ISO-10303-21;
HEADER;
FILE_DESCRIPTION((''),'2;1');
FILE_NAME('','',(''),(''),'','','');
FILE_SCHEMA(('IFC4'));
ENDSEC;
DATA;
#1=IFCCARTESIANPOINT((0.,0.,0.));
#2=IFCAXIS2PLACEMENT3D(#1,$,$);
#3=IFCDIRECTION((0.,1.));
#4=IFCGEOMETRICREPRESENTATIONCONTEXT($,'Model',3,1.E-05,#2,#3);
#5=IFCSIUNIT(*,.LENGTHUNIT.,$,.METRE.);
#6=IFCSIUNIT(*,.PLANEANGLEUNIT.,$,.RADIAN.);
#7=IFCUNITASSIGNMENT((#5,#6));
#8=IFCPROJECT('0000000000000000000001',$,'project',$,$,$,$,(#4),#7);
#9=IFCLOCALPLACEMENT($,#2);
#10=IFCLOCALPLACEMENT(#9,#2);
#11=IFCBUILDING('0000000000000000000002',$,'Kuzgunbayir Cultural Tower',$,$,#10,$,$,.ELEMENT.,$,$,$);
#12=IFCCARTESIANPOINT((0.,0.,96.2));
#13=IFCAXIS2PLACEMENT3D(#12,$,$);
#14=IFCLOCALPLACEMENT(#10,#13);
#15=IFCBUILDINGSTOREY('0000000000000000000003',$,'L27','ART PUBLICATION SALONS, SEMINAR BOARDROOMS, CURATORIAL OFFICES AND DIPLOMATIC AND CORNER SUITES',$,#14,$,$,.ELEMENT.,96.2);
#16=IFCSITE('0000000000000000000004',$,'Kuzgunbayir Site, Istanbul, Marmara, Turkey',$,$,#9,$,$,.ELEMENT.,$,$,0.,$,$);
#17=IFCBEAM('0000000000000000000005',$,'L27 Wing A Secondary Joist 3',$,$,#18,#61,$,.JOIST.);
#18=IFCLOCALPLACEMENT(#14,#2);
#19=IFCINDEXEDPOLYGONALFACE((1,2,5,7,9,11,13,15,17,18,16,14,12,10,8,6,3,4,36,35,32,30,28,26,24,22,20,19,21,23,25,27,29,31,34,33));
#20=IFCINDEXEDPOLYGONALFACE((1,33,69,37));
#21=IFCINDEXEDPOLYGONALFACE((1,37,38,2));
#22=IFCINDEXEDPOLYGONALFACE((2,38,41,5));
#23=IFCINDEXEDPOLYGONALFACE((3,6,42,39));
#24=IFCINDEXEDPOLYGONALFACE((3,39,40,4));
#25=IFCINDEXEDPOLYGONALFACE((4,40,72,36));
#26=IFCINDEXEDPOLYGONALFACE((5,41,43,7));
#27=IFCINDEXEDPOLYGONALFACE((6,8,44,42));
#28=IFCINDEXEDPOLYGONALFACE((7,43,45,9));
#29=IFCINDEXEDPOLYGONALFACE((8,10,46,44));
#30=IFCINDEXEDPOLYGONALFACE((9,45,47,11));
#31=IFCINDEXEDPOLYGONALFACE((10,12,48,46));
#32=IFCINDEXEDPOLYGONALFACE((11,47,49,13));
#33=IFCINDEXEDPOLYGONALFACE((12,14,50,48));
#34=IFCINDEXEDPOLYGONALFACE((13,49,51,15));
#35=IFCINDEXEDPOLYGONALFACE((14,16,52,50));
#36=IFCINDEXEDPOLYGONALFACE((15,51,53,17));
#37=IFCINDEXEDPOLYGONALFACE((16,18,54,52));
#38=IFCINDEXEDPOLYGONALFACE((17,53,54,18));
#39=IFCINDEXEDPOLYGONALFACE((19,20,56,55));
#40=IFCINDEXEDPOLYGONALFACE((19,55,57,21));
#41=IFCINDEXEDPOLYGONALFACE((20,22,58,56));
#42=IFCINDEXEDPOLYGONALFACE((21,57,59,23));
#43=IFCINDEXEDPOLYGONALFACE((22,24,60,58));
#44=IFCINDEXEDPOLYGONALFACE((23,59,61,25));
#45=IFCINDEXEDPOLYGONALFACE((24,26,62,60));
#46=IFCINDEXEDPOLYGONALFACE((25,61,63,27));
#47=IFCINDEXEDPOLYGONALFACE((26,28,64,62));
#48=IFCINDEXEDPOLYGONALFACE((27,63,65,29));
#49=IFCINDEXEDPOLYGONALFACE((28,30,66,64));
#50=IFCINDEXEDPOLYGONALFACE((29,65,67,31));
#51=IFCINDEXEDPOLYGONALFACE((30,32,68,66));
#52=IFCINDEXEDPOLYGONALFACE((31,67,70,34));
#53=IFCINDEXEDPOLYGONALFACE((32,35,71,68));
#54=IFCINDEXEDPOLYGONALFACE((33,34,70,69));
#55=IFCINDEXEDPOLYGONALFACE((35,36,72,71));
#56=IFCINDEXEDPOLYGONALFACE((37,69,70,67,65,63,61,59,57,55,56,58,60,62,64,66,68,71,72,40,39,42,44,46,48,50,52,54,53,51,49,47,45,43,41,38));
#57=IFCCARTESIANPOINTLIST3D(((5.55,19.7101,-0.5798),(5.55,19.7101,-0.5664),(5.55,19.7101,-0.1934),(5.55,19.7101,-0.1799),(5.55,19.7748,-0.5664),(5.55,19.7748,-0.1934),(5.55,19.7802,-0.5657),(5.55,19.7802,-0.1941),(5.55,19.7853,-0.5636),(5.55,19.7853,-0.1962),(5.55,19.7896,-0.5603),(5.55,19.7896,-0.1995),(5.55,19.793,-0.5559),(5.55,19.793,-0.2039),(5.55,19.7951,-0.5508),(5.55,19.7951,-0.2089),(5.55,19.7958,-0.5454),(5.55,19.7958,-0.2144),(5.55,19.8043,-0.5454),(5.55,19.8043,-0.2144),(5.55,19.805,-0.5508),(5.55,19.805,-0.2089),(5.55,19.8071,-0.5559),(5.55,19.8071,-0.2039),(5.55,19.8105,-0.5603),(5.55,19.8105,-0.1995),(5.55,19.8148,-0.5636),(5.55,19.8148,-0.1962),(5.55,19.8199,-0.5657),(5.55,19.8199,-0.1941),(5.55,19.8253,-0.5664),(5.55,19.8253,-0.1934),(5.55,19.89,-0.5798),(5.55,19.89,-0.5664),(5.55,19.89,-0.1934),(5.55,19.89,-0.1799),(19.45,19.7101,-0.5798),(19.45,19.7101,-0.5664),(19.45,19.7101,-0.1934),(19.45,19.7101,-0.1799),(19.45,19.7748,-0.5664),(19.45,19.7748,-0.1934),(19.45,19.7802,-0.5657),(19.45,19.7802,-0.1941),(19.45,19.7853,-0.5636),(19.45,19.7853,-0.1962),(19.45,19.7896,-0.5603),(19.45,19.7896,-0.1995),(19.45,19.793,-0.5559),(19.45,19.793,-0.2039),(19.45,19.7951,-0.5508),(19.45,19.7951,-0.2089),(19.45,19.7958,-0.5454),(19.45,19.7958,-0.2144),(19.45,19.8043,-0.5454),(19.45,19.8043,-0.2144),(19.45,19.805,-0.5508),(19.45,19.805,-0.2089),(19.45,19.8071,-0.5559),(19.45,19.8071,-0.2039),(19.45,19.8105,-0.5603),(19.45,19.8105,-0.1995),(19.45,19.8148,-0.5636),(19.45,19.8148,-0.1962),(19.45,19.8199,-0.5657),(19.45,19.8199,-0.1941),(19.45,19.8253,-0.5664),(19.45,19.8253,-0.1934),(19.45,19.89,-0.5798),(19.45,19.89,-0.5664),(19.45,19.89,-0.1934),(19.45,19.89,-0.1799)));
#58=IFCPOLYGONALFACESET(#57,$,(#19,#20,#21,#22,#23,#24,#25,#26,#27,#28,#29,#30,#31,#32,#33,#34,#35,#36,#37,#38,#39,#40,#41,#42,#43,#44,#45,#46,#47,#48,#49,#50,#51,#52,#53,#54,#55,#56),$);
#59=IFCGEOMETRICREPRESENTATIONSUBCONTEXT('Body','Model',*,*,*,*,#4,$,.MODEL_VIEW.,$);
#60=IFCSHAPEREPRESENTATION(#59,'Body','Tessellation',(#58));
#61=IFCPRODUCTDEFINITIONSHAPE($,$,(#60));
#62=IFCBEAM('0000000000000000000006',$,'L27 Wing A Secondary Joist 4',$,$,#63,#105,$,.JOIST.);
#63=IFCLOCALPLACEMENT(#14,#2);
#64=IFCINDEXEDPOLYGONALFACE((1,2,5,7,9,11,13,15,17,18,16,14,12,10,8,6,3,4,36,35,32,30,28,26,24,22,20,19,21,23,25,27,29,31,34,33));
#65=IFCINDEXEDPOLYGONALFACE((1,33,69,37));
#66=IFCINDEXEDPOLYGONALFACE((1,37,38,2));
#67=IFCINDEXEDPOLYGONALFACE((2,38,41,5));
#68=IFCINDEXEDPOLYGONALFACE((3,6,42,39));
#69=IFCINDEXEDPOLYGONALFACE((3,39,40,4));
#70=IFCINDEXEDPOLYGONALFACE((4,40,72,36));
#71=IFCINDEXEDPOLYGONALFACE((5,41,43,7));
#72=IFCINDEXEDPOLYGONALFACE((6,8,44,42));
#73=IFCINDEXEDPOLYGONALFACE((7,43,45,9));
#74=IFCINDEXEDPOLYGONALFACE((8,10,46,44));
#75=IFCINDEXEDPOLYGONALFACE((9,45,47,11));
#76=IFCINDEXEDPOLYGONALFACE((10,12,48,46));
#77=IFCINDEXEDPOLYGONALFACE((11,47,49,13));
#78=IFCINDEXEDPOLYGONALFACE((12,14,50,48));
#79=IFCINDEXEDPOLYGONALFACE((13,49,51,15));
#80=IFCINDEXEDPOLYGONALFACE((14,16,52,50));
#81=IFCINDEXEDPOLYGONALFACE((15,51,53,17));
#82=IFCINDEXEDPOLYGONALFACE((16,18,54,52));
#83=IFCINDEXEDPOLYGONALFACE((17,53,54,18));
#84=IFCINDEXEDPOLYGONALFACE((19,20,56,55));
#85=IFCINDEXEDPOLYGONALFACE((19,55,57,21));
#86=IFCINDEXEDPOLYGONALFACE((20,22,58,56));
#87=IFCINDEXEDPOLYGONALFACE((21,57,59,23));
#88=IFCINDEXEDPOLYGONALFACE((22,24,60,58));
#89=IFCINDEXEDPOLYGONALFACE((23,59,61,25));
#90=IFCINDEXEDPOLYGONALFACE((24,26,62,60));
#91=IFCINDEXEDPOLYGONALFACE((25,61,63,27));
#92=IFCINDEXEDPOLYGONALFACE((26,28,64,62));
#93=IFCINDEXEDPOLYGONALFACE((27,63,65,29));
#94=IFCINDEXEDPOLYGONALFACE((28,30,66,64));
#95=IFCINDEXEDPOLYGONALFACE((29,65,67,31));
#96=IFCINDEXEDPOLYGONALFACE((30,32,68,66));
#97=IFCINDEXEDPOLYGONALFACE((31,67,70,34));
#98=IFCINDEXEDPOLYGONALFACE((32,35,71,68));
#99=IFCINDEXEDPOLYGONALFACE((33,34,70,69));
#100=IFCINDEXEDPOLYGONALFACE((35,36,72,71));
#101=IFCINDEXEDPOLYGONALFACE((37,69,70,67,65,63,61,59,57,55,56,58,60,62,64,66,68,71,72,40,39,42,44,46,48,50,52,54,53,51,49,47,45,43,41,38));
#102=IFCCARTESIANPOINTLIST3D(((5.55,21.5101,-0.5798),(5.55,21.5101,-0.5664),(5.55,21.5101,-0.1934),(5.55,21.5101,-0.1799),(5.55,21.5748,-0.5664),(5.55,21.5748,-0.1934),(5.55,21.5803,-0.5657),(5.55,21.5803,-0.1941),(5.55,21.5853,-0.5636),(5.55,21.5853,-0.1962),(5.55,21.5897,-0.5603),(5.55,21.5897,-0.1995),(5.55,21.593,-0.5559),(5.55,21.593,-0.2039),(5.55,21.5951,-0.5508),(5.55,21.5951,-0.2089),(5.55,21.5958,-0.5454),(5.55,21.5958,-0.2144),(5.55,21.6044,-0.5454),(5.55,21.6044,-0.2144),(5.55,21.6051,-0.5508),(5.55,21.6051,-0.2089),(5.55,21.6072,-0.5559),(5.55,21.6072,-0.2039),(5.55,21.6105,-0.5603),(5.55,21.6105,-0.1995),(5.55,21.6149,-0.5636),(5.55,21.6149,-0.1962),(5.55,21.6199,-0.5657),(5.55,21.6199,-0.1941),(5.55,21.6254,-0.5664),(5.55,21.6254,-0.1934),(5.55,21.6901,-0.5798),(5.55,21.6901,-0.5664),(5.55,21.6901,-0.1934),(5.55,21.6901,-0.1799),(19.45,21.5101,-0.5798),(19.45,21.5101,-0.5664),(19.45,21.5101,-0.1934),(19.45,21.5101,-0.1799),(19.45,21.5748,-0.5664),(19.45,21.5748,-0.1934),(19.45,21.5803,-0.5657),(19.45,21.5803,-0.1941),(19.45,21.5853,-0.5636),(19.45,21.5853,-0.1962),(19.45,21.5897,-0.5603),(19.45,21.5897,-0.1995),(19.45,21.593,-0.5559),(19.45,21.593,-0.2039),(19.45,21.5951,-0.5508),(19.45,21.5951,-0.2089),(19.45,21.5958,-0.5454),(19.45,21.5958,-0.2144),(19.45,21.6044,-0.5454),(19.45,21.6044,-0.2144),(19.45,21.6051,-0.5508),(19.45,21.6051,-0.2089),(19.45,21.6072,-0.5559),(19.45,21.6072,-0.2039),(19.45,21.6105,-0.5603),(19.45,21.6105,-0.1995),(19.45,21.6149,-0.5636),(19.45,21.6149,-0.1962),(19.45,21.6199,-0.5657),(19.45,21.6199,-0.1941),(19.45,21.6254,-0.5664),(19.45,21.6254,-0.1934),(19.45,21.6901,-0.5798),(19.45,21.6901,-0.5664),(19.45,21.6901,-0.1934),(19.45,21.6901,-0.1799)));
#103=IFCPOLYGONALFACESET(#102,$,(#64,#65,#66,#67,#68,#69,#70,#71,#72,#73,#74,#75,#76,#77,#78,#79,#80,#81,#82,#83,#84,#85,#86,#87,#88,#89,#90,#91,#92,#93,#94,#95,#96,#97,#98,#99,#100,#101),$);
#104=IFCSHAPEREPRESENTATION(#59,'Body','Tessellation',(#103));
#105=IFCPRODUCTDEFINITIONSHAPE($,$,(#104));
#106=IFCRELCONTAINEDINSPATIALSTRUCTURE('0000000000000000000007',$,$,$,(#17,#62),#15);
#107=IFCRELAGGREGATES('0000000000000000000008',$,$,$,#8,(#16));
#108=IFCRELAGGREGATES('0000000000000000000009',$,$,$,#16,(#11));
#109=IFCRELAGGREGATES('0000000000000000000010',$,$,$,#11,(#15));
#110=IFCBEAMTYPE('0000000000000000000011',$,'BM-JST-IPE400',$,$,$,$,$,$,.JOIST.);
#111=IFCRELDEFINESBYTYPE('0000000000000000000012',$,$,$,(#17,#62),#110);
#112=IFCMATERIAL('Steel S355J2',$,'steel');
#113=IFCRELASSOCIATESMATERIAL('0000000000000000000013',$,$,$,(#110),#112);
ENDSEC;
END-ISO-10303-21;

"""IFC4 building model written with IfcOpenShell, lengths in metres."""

from ifc_helpers import new_model, si_unit, direction, frame, origin, origin_2d, place, context, subcontext, project, spatial, i_section, extrude, material, material_profile, profile_set, type_object, element, save


model = new_model("IFC4")

# Units and contexts
model_context = context("Model", 3, precision=1e-05, world=origin(), true_north=direction((0.0, 1.0)))
body_context = subcontext(model_context, "Body", "Model", "MODEL_VIEW")
ifc_project = project(units=[si_unit("LENGTHUNIT", "METRE"), si_unit("PLANEANGLEUNIT", "RADIAN")], contexts=[model_context])

# Site, building, storey
site_placement = place(None, origin())
site = spatial("IfcSite", under=ifc_project, at=site_placement, Name="Kuzgunbayir Site, Istanbul, Marmara, Turkey", CompositionType="ELEMENT", RefElevation=0.0)
building_placement = place(site_placement, origin())
building = spatial("IfcBuilding", under=site, at=building_placement, Name="Kuzgunbayir Cultural Tower", CompositionType="ELEMENT")
storey_placement = place(building_placement, frame((0.0, 0.0, 96.2)))
storey = spatial("IfcBuildingStorey", under=building, at=storey_placement, Name="L27", Description="ART PUBLICATION SALONS, SEMINAR BOARDROOMS, CURATORIAL OFFICES AND DIPLOMATIC AND CORNER SUITES", CompositionType="ELEMENT", Elevation=96.2)

# Beams
ifc_material_1 = material(Name="Steel S355J2", Category="steel")
ifc_material_profile_1 = material_profile(ifc_material_1, i_section(OverallWidth=0.1799, OverallDepth=0.3999, WebThickness=0.0085, FlangeThickness=0.0134, FilletRadius=0.021, at=origin_2d()), Name="IPE 400")
ifc_profile_set_1 = profile_set([ifc_material_profile_1], Name="Steel S355J2")
beam_type_1 = type_object("IfcBeamType", Name="BM-JST-IPE400", PredefinedType="JOIST", material=ifc_profile_set_1)
for number, where, z_axis, x_axis, name in (
    (1, (5.55, 19.8, -0.3799), (1.0, 0.0, 0.0), (0.0, 1.0, 0.0), "L27 Wing A Secondary Joist 3"),
    (2, (5.55, 21.6001, -0.3799), (1.0, 0.0, 0.0), (0.0, 1.0, 0.0), "L27 Wing A Secondary Joist 4"),
):
    element("IfcBeam", number, at=place(storey_placement, frame(where, z_axis=z_axis, x_axis=x_axis)), inside=storey, type_object=beam_type_1, Name=name, PredefinedType="JOIST", context=body_context, shape_type="SweptSolid", body=[
        extrude(i_section(OverallWidth=0.1799, OverallDepth=0.3999, WebThickness=0.0085, FlangeThickness=0.0134, FilletRadius=0.021, at=origin_2d()), origin(), (0.0, 0.0, 1.0), 13.8999),
    ])

save(model, "model.ifc")
